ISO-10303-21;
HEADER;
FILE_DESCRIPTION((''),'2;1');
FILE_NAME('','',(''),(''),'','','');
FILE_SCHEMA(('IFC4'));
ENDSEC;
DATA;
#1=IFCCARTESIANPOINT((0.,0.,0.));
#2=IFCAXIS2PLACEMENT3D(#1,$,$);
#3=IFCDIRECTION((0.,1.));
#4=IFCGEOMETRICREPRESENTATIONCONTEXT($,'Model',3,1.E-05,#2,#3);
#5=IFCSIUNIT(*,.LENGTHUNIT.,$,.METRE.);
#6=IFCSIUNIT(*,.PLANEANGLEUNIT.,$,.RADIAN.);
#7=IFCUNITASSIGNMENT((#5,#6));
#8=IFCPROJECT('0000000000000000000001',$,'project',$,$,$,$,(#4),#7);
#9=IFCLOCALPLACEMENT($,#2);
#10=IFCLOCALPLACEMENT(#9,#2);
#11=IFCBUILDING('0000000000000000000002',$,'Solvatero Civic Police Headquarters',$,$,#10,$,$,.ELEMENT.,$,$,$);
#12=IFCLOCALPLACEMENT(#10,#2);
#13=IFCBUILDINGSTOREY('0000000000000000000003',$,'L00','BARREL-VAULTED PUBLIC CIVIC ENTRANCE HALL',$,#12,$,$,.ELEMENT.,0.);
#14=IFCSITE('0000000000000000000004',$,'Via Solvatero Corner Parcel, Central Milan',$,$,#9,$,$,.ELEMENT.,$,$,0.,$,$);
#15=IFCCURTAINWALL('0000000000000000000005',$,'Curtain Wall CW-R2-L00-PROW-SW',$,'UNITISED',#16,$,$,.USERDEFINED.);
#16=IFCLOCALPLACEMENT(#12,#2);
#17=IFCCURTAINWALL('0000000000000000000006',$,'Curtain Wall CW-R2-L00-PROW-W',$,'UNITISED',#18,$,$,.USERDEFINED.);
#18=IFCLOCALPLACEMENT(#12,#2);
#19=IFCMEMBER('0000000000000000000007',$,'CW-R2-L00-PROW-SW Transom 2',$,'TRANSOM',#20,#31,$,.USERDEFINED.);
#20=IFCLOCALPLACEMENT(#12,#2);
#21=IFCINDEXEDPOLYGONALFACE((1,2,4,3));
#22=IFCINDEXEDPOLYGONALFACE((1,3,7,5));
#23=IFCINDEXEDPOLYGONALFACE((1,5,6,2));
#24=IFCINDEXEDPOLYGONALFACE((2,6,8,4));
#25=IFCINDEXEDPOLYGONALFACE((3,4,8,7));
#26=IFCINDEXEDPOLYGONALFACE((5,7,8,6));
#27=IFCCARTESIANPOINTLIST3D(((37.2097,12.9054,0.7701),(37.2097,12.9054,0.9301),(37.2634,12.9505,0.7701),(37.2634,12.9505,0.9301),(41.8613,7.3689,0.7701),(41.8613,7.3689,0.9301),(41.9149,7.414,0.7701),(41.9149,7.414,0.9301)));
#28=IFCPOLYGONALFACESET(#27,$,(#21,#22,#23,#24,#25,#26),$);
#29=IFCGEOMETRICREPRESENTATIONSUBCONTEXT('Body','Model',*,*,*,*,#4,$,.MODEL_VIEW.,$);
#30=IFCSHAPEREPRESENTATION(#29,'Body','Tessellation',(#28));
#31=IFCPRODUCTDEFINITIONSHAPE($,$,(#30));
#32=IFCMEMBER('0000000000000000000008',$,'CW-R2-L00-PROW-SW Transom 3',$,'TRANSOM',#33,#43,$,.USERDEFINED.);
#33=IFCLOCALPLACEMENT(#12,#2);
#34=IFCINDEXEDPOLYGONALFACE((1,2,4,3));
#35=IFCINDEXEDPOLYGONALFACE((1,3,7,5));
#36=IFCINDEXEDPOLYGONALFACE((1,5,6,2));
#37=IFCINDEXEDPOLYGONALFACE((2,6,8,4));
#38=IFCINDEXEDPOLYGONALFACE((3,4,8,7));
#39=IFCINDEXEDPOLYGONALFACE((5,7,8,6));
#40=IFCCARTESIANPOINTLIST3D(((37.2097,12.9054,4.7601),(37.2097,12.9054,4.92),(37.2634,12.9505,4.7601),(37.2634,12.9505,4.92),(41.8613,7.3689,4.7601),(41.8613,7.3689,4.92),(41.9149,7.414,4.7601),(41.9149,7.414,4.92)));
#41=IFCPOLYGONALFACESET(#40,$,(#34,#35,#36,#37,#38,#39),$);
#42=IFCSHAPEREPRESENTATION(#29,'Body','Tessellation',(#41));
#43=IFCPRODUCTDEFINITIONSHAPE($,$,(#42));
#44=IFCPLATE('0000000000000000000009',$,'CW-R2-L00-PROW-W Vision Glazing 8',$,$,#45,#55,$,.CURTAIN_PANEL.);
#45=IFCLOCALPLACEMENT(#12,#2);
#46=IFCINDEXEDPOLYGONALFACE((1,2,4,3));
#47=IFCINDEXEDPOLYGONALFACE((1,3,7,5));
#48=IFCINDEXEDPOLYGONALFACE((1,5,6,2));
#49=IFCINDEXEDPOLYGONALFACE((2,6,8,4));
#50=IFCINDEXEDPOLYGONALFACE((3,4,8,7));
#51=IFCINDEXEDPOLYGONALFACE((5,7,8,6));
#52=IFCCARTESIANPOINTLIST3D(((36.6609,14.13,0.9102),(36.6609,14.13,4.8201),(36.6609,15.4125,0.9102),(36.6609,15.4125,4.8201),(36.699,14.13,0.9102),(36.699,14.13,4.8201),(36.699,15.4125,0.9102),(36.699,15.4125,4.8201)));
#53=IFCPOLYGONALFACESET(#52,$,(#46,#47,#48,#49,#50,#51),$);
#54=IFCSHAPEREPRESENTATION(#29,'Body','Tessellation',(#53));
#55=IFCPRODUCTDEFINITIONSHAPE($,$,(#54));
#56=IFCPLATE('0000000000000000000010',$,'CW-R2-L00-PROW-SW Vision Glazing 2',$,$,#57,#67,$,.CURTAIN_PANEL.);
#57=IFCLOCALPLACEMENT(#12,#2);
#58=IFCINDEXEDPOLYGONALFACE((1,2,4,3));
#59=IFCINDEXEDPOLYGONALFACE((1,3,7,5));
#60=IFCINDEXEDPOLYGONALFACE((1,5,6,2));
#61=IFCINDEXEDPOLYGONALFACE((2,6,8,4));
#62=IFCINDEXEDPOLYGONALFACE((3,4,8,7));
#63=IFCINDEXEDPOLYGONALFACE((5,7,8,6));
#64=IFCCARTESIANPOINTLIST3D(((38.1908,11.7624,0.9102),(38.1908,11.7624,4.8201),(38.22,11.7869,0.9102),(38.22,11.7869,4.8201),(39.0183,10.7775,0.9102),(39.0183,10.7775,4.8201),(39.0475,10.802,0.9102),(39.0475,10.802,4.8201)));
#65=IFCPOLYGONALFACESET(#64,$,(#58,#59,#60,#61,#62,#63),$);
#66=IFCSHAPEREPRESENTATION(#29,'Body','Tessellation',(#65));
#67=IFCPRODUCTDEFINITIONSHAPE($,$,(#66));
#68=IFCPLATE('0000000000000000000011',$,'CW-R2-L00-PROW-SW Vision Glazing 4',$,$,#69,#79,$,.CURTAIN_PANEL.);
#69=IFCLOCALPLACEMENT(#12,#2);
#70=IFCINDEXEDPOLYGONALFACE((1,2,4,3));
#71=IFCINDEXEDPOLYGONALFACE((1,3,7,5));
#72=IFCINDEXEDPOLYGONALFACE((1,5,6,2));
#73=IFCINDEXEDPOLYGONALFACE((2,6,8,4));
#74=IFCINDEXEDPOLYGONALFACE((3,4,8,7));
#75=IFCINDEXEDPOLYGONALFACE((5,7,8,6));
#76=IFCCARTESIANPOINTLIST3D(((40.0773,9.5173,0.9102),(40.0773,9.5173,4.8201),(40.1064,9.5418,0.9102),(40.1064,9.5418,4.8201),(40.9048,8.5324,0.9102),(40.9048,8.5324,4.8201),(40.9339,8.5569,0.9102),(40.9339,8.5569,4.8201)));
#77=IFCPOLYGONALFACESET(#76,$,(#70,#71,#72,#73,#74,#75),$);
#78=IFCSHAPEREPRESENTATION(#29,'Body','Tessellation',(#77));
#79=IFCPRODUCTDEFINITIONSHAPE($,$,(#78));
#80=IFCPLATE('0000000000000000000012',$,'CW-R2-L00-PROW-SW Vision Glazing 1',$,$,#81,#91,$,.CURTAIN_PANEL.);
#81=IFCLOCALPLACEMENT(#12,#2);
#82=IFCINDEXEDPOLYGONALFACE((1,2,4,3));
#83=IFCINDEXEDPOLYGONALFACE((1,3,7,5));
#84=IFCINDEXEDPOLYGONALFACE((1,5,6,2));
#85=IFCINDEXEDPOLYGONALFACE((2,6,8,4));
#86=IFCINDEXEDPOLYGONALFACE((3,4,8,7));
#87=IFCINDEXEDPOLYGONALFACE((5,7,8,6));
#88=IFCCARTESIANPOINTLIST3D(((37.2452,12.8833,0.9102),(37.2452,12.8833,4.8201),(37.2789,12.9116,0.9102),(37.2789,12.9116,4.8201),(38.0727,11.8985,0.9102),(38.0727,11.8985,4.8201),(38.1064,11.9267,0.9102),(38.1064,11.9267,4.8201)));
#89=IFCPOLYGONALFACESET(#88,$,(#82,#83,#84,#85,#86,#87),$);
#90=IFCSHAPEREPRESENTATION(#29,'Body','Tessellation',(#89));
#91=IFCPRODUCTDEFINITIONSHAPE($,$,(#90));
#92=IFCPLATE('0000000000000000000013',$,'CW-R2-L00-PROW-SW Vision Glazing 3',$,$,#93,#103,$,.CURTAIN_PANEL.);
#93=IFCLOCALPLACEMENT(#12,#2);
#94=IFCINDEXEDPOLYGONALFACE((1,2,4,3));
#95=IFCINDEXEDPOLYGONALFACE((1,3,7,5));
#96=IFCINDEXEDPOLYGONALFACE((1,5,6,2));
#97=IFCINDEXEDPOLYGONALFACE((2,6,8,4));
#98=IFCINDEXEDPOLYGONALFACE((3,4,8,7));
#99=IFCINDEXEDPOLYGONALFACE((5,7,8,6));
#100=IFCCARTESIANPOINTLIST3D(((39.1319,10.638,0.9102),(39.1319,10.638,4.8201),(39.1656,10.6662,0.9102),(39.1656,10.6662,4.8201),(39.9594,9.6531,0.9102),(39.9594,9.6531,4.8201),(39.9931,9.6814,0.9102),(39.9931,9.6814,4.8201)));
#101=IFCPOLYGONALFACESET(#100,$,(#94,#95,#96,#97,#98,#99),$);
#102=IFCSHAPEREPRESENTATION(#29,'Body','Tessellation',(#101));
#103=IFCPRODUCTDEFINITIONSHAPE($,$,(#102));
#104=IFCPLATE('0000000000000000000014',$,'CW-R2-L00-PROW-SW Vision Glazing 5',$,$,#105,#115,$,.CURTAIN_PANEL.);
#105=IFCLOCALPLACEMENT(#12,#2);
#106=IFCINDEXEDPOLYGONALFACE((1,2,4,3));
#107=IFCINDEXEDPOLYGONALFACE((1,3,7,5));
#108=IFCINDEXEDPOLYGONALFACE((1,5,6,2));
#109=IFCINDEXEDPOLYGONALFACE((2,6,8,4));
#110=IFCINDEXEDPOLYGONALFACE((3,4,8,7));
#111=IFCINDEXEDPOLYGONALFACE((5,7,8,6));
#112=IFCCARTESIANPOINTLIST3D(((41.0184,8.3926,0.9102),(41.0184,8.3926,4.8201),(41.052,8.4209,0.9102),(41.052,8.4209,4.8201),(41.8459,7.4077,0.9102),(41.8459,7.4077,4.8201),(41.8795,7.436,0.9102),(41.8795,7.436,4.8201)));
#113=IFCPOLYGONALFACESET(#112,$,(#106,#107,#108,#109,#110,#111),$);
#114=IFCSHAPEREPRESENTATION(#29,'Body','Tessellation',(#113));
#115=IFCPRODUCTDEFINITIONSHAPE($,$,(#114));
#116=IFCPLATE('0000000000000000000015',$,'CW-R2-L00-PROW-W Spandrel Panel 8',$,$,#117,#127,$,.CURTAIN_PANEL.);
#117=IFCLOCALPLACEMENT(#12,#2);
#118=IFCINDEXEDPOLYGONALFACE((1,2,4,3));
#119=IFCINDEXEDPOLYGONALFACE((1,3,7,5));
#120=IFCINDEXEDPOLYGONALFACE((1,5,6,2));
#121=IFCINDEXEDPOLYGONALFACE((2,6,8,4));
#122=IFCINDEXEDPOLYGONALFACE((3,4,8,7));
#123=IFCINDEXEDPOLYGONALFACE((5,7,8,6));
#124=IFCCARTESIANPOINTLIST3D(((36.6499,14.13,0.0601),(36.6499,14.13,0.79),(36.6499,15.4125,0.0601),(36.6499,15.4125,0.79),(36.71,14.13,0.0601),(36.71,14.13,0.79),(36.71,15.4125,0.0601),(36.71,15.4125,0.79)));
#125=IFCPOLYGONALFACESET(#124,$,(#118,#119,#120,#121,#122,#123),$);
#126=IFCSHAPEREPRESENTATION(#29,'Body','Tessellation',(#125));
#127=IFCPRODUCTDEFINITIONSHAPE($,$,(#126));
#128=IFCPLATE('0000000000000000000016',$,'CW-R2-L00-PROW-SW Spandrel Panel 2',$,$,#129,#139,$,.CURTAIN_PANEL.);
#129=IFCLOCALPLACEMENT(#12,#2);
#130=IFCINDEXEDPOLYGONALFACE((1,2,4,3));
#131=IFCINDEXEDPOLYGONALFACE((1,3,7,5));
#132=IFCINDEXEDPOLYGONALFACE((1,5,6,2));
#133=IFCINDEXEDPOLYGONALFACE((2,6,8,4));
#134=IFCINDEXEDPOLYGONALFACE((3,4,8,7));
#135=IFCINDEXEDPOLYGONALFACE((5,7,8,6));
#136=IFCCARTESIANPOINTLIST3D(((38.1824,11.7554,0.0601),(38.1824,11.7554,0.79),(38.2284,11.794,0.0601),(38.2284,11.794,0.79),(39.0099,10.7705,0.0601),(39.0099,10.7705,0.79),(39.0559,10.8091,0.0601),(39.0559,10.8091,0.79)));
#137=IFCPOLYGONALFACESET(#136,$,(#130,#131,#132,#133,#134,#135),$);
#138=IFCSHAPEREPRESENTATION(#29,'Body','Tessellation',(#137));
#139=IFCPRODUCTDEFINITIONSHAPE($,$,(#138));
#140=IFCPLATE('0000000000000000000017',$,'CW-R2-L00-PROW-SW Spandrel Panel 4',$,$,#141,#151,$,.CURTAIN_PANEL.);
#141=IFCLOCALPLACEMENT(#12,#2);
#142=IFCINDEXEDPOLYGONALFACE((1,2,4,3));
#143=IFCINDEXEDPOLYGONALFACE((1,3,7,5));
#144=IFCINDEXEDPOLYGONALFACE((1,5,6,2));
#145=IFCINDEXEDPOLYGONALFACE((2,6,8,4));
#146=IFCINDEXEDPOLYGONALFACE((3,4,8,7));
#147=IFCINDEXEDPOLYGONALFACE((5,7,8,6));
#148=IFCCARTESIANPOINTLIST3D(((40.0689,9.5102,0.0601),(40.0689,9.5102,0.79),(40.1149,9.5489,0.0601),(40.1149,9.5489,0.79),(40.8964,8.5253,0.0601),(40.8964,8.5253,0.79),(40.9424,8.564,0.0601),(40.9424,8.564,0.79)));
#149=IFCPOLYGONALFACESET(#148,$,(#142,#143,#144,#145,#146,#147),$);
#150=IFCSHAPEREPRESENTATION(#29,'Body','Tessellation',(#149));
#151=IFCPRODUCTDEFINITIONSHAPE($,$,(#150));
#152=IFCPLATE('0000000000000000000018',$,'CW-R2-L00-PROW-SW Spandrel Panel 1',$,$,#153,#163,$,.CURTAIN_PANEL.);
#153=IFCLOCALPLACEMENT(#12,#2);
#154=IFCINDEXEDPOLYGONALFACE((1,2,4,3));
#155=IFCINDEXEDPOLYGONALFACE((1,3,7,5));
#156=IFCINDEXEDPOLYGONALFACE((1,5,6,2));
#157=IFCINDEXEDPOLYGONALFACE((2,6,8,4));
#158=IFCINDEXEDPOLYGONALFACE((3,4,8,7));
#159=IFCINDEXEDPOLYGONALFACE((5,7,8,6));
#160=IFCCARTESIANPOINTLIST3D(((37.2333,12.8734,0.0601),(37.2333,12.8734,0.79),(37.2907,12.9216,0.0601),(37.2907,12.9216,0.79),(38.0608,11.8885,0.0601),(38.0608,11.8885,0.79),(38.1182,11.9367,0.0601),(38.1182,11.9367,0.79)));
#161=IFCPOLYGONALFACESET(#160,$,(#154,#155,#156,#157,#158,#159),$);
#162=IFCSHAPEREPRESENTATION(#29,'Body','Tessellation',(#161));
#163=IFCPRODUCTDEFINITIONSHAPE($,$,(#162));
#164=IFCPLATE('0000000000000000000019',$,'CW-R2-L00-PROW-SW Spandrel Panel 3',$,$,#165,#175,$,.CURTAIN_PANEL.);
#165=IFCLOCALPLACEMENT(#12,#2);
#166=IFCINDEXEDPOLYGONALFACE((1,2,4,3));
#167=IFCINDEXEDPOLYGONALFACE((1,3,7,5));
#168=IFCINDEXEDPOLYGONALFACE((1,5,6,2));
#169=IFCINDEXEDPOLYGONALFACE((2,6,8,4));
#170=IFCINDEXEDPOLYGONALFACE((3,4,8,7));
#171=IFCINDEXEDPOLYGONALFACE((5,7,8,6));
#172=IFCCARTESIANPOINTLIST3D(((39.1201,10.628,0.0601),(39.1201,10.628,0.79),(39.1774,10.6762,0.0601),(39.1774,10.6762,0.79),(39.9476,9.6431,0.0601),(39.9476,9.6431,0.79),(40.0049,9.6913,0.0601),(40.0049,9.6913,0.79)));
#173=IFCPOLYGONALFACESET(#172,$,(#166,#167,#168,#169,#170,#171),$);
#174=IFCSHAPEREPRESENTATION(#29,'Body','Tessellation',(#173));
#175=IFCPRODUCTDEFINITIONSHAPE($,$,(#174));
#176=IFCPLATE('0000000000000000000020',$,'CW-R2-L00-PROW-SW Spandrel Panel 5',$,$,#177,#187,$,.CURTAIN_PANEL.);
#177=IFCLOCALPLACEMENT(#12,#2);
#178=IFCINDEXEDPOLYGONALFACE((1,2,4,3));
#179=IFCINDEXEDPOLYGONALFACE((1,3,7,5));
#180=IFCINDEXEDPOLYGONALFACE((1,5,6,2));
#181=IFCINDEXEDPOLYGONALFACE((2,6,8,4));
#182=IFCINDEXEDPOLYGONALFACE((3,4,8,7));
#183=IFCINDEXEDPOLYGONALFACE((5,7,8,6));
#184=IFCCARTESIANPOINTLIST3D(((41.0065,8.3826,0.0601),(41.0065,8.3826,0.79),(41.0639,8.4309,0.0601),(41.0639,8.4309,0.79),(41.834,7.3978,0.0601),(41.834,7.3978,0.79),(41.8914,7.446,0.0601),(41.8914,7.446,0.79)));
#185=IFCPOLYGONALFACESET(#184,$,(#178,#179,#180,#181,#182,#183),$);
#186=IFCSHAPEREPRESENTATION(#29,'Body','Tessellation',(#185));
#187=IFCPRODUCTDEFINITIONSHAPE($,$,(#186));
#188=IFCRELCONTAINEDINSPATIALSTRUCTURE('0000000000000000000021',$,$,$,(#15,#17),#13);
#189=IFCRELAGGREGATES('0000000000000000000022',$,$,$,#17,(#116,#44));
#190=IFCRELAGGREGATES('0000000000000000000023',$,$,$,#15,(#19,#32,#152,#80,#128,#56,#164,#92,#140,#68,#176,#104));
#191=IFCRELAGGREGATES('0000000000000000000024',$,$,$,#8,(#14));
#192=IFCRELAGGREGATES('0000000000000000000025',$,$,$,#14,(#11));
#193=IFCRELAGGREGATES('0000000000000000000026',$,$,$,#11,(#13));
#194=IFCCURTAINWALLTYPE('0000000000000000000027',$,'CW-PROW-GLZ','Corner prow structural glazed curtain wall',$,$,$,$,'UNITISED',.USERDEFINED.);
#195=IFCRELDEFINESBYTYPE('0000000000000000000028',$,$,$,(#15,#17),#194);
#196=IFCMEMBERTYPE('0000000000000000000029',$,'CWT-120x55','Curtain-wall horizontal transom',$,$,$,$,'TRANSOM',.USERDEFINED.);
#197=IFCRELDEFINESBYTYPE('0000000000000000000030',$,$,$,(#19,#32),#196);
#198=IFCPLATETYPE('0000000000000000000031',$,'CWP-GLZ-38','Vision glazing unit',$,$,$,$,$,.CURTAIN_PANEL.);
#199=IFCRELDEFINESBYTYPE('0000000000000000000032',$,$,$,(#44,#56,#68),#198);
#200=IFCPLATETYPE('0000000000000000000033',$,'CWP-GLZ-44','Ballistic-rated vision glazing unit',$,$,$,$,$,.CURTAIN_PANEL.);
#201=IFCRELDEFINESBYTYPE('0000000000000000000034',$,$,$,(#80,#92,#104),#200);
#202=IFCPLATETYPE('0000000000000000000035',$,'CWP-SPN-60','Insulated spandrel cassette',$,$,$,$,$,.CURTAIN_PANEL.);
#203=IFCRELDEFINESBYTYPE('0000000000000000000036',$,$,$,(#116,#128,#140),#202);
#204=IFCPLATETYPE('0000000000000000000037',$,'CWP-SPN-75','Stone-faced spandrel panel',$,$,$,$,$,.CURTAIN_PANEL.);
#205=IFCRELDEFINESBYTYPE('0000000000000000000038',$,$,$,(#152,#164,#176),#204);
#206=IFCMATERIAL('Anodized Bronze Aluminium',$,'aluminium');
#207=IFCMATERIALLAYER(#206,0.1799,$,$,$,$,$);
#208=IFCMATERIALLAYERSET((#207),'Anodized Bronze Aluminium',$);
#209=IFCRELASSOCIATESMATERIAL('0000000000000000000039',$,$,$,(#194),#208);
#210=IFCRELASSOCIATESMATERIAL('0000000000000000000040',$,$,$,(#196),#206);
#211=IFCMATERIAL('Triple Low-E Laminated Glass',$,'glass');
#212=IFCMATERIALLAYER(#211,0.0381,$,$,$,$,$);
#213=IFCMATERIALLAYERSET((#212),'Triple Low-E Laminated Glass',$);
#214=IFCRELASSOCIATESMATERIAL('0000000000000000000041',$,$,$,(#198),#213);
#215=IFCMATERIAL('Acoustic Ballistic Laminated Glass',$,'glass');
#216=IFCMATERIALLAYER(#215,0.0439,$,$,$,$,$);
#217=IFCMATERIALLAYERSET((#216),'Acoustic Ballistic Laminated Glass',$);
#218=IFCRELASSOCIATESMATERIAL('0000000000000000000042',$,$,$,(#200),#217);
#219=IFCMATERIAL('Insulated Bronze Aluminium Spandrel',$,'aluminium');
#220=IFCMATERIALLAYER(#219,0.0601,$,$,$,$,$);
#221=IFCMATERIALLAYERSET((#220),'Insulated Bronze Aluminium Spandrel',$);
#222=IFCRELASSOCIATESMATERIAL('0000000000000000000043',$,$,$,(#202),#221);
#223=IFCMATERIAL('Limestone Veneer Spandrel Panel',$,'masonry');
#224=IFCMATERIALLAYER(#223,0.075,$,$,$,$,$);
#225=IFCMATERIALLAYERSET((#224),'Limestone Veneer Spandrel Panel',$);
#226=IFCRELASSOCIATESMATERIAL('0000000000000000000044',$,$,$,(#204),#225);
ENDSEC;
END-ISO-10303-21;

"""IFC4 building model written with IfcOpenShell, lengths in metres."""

from ifc_helpers import new_model, si_unit, direction, frame, origin, origin_2d, place, context, subcontext, project, spatial, rectangle, extrude, material, layer, layer_set, material_profile, profile_set, type_object, element, aggregate, save


model = new_model("IFC4")

# Units and contexts
model_context = context("Model", 3, precision=1e-05, world=origin(), true_north=direction((0.0, 1.0)))
body_context = subcontext(model_context, "Body", "Model", "MODEL_VIEW")
ifc_project = project(units=[si_unit("LENGTHUNIT", "METRE"), si_unit("PLANEANGLEUNIT", "RADIAN")], contexts=[model_context])

# Site, building, storey
site_placement = place(None, origin())
site = spatial("IfcSite", under=ifc_project, at=site_placement, Name="Via Solvatero Corner Parcel, Central Milan", CompositionType="ELEMENT", RefElevation=0.0)
building_placement = place(site_placement, origin())
building = spatial("IfcBuilding", under=site, at=building_placement, Name="Solvatero Civic Police Headquarters", CompositionType="ELEMENT")
storey_placement = place(building_placement, origin())
storey = spatial("IfcBuildingStorey", under=building, at=storey_placement, Name="L00", Description="BARREL-VAULTED PUBLIC CIVIC ENTRANCE HALL", CompositionType="ELEMENT", Elevation=0.0)

# Curtain walls
ifc_material_1 = material(Name="Anodized Bronze Aluminium", Category="aluminium")
ifc_layer_1 = layer(ifc_material_1, 0.1799)
ifc_layer_set_1 = layer_set([ifc_layer_1], Name="Anodized Bronze Aluminium")
curtain_wall_type = type_object("IfcCurtainWallType", Name="CW-PROW-GLZ", Description="Corner prow structural glazed curtain wall", ElementType="UNITISED", PredefinedType="USERDEFINED", material=ifc_layer_set_1)
curtain_wall_1_placement = place(storey_placement, origin())
curtain_wall_1 = element("IfcCurtainWall", 1, at=curtain_wall_1_placement, inside=storey, type_object=curtain_wall_type, Name="Curtain Wall CW-R2-L00-PROW-SW", ObjectType="UNITISED", PredefinedType="USERDEFINED")
curtain_wall_2_placement = place(storey_placement, origin())
curtain_wall_2 = element("IfcCurtainWall", 2, at=curtain_wall_2_placement, inside=storey, type_object=curtain_wall_type, Name="Curtain Wall CW-R2-L00-PROW-W", ObjectType="UNITISED", PredefinedType="USERDEFINED")

# Members
ifc_material_profile_1 = material_profile(ifc_material_1, rectangle(XDim=0.0701, YDim=0.1599, at=origin_2d()), Name="ALU TRANSOM 70x160")
ifc_profile_set_1 = profile_set([ifc_material_profile_1], Name="Anodized Bronze Aluminium")
member_type_1 = type_object("IfcMemberType", Name="CWT-120x55", Description="Curtain-wall horizontal transom", ElementType="TRANSOM", PredefinedType="USERDEFINED", material=ifc_profile_set_1)
member_1_placement = place(storey_placement, frame((37.2366, 12.928, 0.8501), z_axis=(0.643261, -0.765647, 0.0), x_axis=(0.765647, 0.643261, 0.0)))
member_1 = element("IfcMember", 3, at=member_1_placement, type_object=member_type_1, Name="CW-R2-L00-PROW-SW Transom 2", ObjectType="TRANSOM", PredefinedType="USERDEFINED", context=body_context, shape_type="SweptSolid", body=[
    extrude(rectangle(XDim=0.0701, YDim=0.1599, at=origin_2d()), origin(), (0.0, 0.0, 1.0), 7.2312),
])
member_2_placement = place(storey_placement, frame((37.2366, 12.928, 4.8401), z_axis=(0.643261, -0.765647, 0.0), x_axis=(0.765647, 0.643261, 0.0)))
member_2 = element("IfcMember", 4, at=member_2_placement, type_object=member_type_1, Name="CW-R2-L00-PROW-SW Transom 3", ObjectType="TRANSOM", PredefinedType="USERDEFINED", context=body_context, shape_type="SweptSolid", body=[
    extrude(rectangle(XDim=0.0701, YDim=0.1599, at=origin_2d()), origin(), (0.0, 0.0, 1.0), 7.2312),
])

# Plates
ifc_material_2 = material(Name="Triple Low-E Laminated Glass", Category="glass")
ifc_layer_2 = layer(ifc_material_2, 0.0381)
ifc_layer_set_2 = layer_set([ifc_layer_2], Name="Triple Low-E Laminated Glass")
plate_type_1 = type_object("IfcPlateType", Name="CWP-GLZ-38", Description="Vision glazing unit", PredefinedType="CURTAIN_PANEL", material=ifc_layer_set_2)
plate_1_placement = place(storey_placement, frame((36.6799, 14.7712, 0.9102), z_axis=(0.0, 0.0, 1.0), x_axis=(0.0, -1.0, 0.0)))
plate_1 = element("IfcPlate", 5, at=plate_1_placement, type_object=plate_type_1, Name="CW-R2-L00-PROW-W Vision Glazing 8", PredefinedType="CURTAIN_PANEL", context=body_context, shape_type="SweptSolid", body=[
    extrude(rectangle(XDim=1.2825, YDim=0.0381, at=origin_2d()), origin(), (0.0, 0.0, 1.0), 3.9099),
])
plate_2_placement = place(storey_placement, frame((38.6191, 11.2822, 0.9102), z_axis=(0.0, 0.0, 1.0), x_axis=(0.643282, -0.765629, 0.0)))
plate_2 = element("IfcPlate", 6, at=plate_2_placement, type_object=plate_type_1, Name="CW-R2-L00-PROW-SW Vision Glazing 2", PredefinedType="CURTAIN_PANEL", context=body_context, shape_type="SweptSolid", body=[
    extrude(rectangle(XDim=1.2864, YDim=0.0381, at=origin_2d()), origin(), (0.0, 0.0, 1.0), 3.9099),
])
plate_3_placement = place(storey_placement, frame((40.5056, 9.0371, 0.9102), z_axis=(0.0, 0.0, 1.0), x_axis=(0.643282, -0.765629, 0.0)))
plate_3 = element("IfcPlate", 7, at=plate_3_placement, type_object=plate_type_1, Name="CW-R2-L00-PROW-SW Vision Glazing 4", PredefinedType="CURTAIN_PANEL", context=body_context, shape_type="SweptSolid", body=[
    extrude(rectangle(XDim=1.2864, YDim=0.0381, at=origin_2d()), origin(), (0.0, 0.0, 1.0), 3.9099),
])
ifc_material_3 = material(Name="Acoustic Ballistic Laminated Glass", Category="glass")
ifc_layer_3 = layer(ifc_material_3, 0.0439)
ifc_layer_set_3 = layer_set([ifc_layer_3], Name="Acoustic Ballistic Laminated Glass")
plate_type_2 = type_object("IfcPlateType", Name="CWP-GLZ-44", Description="Ballistic-rated vision glazing unit", PredefinedType="CURTAIN_PANEL", material=ifc_layer_set_3)
plate_4_placement = place(storey_placement, frame((37.6758, 12.405, 0.9102), z_axis=(0.0, 0.0, 1.0), x_axis=(0.643282, -0.765629, 0.0)))
plate_4 = element("IfcPlate", 8, at=plate_4_placement, type_object=plate_type_2, Name="CW-R2-L00-PROW-SW Vision Glazing 1", PredefinedType="CURTAIN_PANEL", context=body_context, shape_type="SweptSolid", body=[
    extrude(rectangle(XDim=1.2864, YDim=0.0439, at=origin_2d()), origin(), (0.0, 0.0, 1.0), 3.9099),
])
plate_5_placement = place(storey_placement, frame((39.5625, 10.1597, 0.9102), z_axis=(0.0, 0.0, 1.0), x_axis=(0.643282, -0.765629, 0.0)))
plate_5 = element("IfcPlate", 9, at=plate_5_placement, type_object=plate_type_2, Name="CW-R2-L00-PROW-SW Vision Glazing 3", PredefinedType="CURTAIN_PANEL", context=body_context, shape_type="SweptSolid", body=[
    extrude(rectangle(XDim=1.2864, YDim=0.0439, at=origin_2d()), origin(), (0.0, 0.0, 1.0), 3.9099),
])
plate_6_placement = place(storey_placement, frame((41.449, 7.9143, 0.9102), z_axis=(0.0, 0.0, 1.0), x_axis=(0.643282, -0.765629, 0.0)))
plate_6 = element("IfcPlate", 10, at=plate_6_placement, type_object=plate_type_2, Name="CW-R2-L00-PROW-SW Vision Glazing 5", PredefinedType="CURTAIN_PANEL", context=body_context, shape_type="SweptSolid", body=[
    extrude(rectangle(XDim=1.2864, YDim=0.0439, at=origin_2d()), origin(), (0.0, 0.0, 1.0), 3.9099),
])
ifc_material_4 = material(Name="Insulated Bronze Aluminium Spandrel", Category="aluminium")
ifc_layer_4 = layer(ifc_material_4, 0.0601)
ifc_layer_set_4 = layer_set([ifc_layer_4], Name="Insulated Bronze Aluminium Spandrel")
plate_type_3 = type_object("IfcPlateType", Name="CWP-SPN-60", Description="Insulated spandrel cassette", PredefinedType="CURTAIN_PANEL", material=ifc_layer_set_4)
plate_7_placement = place(storey_placement, frame((36.6799, 14.7712, 0.0601), z_axis=(0.0, 0.0, 1.0), x_axis=(0.0, -1.0, 0.0)))
plate_7 = element("IfcPlate", 11, at=plate_7_placement, type_object=plate_type_3, Name="CW-R2-L00-PROW-W Spandrel Panel 8", PredefinedType="CURTAIN_PANEL", context=body_context, shape_type="SweptSolid", body=[
    extrude(rectangle(XDim=1.2825, YDim=0.0601, at=origin_2d()), origin(), (0.0, 0.0, 1.0), 0.73),
])
aggregate(curtain_wall_2, [plate_7, plate_1])
plate_8_placement = place(storey_placement, frame((38.6191, 11.2822, 0.0601), z_axis=(0.0, 0.0, 1.0), x_axis=(0.643282, -0.765629, 0.0)))
plate_8 = element("IfcPlate", 12, at=plate_8_placement, type_object=plate_type_3, Name="CW-R2-L00-PROW-SW Spandrel Panel 2", PredefinedType="CURTAIN_PANEL", context=body_context, shape_type="SweptSolid", body=[
    extrude(rectangle(XDim=1.2864, YDim=0.0601, at=origin_2d()), origin(), (0.0, 0.0, 1.0), 0.73),
])
plate_9_placement = place(storey_placement, frame((40.5056, 9.0371, 0.0601), z_axis=(0.0, 0.0, 1.0), x_axis=(0.643282, -0.765629, 0.0)))
plate_9 = element("IfcPlate", 13, at=plate_9_placement, type_object=plate_type_3, Name="CW-R2-L00-PROW-SW Spandrel Panel 4", PredefinedType="CURTAIN_PANEL", context=body_context, shape_type="SweptSolid", body=[
    extrude(rectangle(XDim=1.2864, YDim=0.0601, at=origin_2d()), origin(), (0.0, 0.0, 1.0), 0.73),
])
ifc_material_5 = material(Name="Limestone Veneer Spandrel Panel", Category="masonry")
ifc_layer_5 = layer(ifc_material_5, 0.075)
ifc_layer_set_5 = layer_set([ifc_layer_5], Name="Limestone Veneer Spandrel Panel")
plate_type_4 = type_object("IfcPlateType", Name="CWP-SPN-75", Description="Stone-faced spandrel panel", PredefinedType="CURTAIN_PANEL", material=ifc_layer_set_5)
plate_10_placement = place(storey_placement, frame((37.6758, 12.405, 0.0601), z_axis=(0.0, 0.0, 1.0), x_axis=(0.643282, -0.765629, 0.0)))
plate_10 = element("IfcPlate", 14, at=plate_10_placement, type_object=plate_type_4, Name="CW-R2-L00-PROW-SW Spandrel Panel 1", PredefinedType="CURTAIN_PANEL", context=body_context, shape_type="SweptSolid", body=[
    extrude(rectangle(XDim=1.2864, YDim=0.075, at=origin_2d()), origin(), (0.0, 0.0, 1.0), 0.73),
])
plate_11_placement = place(storey_placement, frame((39.5625, 10.1597, 0.0601), z_axis=(0.0, 0.0, 1.0), x_axis=(0.643282, -0.765629, 0.0)))
plate_11 = element("IfcPlate", 15, at=plate_11_placement, type_object=plate_type_4, Name="CW-R2-L00-PROW-SW Spandrel Panel 3", PredefinedType="CURTAIN_PANEL", context=body_context, shape_type="SweptSolid", body=[
    extrude(rectangle(XDim=1.2864, YDim=0.075, at=origin_2d()), origin(), (0.0, 0.0, 1.0), 0.73),
])
plate_12_placement = place(storey_placement, frame((41.449, 7.9143, 0.0601), z_axis=(0.0, 0.0, 1.0), x_axis=(0.643282, -0.765629, 0.0)))
plate_12 = element("IfcPlate", 16, at=plate_12_placement, type_object=plate_type_4, Name="CW-R2-L00-PROW-SW Spandrel Panel 5", PredefinedType="CURTAIN_PANEL", context=body_context, shape_type="SweptSolid", body=[
    extrude(rectangle(XDim=1.2864, YDim=0.075, at=origin_2d()), origin(), (0.0, 0.0, 1.0), 0.73),
])
aggregate(curtain_wall_1, [member_1, member_2, plate_10, plate_4, plate_8, plate_2, plate_11, plate_5, plate_9, plate_3, plate_12, plate_6])

save(model, "model.ifc")
